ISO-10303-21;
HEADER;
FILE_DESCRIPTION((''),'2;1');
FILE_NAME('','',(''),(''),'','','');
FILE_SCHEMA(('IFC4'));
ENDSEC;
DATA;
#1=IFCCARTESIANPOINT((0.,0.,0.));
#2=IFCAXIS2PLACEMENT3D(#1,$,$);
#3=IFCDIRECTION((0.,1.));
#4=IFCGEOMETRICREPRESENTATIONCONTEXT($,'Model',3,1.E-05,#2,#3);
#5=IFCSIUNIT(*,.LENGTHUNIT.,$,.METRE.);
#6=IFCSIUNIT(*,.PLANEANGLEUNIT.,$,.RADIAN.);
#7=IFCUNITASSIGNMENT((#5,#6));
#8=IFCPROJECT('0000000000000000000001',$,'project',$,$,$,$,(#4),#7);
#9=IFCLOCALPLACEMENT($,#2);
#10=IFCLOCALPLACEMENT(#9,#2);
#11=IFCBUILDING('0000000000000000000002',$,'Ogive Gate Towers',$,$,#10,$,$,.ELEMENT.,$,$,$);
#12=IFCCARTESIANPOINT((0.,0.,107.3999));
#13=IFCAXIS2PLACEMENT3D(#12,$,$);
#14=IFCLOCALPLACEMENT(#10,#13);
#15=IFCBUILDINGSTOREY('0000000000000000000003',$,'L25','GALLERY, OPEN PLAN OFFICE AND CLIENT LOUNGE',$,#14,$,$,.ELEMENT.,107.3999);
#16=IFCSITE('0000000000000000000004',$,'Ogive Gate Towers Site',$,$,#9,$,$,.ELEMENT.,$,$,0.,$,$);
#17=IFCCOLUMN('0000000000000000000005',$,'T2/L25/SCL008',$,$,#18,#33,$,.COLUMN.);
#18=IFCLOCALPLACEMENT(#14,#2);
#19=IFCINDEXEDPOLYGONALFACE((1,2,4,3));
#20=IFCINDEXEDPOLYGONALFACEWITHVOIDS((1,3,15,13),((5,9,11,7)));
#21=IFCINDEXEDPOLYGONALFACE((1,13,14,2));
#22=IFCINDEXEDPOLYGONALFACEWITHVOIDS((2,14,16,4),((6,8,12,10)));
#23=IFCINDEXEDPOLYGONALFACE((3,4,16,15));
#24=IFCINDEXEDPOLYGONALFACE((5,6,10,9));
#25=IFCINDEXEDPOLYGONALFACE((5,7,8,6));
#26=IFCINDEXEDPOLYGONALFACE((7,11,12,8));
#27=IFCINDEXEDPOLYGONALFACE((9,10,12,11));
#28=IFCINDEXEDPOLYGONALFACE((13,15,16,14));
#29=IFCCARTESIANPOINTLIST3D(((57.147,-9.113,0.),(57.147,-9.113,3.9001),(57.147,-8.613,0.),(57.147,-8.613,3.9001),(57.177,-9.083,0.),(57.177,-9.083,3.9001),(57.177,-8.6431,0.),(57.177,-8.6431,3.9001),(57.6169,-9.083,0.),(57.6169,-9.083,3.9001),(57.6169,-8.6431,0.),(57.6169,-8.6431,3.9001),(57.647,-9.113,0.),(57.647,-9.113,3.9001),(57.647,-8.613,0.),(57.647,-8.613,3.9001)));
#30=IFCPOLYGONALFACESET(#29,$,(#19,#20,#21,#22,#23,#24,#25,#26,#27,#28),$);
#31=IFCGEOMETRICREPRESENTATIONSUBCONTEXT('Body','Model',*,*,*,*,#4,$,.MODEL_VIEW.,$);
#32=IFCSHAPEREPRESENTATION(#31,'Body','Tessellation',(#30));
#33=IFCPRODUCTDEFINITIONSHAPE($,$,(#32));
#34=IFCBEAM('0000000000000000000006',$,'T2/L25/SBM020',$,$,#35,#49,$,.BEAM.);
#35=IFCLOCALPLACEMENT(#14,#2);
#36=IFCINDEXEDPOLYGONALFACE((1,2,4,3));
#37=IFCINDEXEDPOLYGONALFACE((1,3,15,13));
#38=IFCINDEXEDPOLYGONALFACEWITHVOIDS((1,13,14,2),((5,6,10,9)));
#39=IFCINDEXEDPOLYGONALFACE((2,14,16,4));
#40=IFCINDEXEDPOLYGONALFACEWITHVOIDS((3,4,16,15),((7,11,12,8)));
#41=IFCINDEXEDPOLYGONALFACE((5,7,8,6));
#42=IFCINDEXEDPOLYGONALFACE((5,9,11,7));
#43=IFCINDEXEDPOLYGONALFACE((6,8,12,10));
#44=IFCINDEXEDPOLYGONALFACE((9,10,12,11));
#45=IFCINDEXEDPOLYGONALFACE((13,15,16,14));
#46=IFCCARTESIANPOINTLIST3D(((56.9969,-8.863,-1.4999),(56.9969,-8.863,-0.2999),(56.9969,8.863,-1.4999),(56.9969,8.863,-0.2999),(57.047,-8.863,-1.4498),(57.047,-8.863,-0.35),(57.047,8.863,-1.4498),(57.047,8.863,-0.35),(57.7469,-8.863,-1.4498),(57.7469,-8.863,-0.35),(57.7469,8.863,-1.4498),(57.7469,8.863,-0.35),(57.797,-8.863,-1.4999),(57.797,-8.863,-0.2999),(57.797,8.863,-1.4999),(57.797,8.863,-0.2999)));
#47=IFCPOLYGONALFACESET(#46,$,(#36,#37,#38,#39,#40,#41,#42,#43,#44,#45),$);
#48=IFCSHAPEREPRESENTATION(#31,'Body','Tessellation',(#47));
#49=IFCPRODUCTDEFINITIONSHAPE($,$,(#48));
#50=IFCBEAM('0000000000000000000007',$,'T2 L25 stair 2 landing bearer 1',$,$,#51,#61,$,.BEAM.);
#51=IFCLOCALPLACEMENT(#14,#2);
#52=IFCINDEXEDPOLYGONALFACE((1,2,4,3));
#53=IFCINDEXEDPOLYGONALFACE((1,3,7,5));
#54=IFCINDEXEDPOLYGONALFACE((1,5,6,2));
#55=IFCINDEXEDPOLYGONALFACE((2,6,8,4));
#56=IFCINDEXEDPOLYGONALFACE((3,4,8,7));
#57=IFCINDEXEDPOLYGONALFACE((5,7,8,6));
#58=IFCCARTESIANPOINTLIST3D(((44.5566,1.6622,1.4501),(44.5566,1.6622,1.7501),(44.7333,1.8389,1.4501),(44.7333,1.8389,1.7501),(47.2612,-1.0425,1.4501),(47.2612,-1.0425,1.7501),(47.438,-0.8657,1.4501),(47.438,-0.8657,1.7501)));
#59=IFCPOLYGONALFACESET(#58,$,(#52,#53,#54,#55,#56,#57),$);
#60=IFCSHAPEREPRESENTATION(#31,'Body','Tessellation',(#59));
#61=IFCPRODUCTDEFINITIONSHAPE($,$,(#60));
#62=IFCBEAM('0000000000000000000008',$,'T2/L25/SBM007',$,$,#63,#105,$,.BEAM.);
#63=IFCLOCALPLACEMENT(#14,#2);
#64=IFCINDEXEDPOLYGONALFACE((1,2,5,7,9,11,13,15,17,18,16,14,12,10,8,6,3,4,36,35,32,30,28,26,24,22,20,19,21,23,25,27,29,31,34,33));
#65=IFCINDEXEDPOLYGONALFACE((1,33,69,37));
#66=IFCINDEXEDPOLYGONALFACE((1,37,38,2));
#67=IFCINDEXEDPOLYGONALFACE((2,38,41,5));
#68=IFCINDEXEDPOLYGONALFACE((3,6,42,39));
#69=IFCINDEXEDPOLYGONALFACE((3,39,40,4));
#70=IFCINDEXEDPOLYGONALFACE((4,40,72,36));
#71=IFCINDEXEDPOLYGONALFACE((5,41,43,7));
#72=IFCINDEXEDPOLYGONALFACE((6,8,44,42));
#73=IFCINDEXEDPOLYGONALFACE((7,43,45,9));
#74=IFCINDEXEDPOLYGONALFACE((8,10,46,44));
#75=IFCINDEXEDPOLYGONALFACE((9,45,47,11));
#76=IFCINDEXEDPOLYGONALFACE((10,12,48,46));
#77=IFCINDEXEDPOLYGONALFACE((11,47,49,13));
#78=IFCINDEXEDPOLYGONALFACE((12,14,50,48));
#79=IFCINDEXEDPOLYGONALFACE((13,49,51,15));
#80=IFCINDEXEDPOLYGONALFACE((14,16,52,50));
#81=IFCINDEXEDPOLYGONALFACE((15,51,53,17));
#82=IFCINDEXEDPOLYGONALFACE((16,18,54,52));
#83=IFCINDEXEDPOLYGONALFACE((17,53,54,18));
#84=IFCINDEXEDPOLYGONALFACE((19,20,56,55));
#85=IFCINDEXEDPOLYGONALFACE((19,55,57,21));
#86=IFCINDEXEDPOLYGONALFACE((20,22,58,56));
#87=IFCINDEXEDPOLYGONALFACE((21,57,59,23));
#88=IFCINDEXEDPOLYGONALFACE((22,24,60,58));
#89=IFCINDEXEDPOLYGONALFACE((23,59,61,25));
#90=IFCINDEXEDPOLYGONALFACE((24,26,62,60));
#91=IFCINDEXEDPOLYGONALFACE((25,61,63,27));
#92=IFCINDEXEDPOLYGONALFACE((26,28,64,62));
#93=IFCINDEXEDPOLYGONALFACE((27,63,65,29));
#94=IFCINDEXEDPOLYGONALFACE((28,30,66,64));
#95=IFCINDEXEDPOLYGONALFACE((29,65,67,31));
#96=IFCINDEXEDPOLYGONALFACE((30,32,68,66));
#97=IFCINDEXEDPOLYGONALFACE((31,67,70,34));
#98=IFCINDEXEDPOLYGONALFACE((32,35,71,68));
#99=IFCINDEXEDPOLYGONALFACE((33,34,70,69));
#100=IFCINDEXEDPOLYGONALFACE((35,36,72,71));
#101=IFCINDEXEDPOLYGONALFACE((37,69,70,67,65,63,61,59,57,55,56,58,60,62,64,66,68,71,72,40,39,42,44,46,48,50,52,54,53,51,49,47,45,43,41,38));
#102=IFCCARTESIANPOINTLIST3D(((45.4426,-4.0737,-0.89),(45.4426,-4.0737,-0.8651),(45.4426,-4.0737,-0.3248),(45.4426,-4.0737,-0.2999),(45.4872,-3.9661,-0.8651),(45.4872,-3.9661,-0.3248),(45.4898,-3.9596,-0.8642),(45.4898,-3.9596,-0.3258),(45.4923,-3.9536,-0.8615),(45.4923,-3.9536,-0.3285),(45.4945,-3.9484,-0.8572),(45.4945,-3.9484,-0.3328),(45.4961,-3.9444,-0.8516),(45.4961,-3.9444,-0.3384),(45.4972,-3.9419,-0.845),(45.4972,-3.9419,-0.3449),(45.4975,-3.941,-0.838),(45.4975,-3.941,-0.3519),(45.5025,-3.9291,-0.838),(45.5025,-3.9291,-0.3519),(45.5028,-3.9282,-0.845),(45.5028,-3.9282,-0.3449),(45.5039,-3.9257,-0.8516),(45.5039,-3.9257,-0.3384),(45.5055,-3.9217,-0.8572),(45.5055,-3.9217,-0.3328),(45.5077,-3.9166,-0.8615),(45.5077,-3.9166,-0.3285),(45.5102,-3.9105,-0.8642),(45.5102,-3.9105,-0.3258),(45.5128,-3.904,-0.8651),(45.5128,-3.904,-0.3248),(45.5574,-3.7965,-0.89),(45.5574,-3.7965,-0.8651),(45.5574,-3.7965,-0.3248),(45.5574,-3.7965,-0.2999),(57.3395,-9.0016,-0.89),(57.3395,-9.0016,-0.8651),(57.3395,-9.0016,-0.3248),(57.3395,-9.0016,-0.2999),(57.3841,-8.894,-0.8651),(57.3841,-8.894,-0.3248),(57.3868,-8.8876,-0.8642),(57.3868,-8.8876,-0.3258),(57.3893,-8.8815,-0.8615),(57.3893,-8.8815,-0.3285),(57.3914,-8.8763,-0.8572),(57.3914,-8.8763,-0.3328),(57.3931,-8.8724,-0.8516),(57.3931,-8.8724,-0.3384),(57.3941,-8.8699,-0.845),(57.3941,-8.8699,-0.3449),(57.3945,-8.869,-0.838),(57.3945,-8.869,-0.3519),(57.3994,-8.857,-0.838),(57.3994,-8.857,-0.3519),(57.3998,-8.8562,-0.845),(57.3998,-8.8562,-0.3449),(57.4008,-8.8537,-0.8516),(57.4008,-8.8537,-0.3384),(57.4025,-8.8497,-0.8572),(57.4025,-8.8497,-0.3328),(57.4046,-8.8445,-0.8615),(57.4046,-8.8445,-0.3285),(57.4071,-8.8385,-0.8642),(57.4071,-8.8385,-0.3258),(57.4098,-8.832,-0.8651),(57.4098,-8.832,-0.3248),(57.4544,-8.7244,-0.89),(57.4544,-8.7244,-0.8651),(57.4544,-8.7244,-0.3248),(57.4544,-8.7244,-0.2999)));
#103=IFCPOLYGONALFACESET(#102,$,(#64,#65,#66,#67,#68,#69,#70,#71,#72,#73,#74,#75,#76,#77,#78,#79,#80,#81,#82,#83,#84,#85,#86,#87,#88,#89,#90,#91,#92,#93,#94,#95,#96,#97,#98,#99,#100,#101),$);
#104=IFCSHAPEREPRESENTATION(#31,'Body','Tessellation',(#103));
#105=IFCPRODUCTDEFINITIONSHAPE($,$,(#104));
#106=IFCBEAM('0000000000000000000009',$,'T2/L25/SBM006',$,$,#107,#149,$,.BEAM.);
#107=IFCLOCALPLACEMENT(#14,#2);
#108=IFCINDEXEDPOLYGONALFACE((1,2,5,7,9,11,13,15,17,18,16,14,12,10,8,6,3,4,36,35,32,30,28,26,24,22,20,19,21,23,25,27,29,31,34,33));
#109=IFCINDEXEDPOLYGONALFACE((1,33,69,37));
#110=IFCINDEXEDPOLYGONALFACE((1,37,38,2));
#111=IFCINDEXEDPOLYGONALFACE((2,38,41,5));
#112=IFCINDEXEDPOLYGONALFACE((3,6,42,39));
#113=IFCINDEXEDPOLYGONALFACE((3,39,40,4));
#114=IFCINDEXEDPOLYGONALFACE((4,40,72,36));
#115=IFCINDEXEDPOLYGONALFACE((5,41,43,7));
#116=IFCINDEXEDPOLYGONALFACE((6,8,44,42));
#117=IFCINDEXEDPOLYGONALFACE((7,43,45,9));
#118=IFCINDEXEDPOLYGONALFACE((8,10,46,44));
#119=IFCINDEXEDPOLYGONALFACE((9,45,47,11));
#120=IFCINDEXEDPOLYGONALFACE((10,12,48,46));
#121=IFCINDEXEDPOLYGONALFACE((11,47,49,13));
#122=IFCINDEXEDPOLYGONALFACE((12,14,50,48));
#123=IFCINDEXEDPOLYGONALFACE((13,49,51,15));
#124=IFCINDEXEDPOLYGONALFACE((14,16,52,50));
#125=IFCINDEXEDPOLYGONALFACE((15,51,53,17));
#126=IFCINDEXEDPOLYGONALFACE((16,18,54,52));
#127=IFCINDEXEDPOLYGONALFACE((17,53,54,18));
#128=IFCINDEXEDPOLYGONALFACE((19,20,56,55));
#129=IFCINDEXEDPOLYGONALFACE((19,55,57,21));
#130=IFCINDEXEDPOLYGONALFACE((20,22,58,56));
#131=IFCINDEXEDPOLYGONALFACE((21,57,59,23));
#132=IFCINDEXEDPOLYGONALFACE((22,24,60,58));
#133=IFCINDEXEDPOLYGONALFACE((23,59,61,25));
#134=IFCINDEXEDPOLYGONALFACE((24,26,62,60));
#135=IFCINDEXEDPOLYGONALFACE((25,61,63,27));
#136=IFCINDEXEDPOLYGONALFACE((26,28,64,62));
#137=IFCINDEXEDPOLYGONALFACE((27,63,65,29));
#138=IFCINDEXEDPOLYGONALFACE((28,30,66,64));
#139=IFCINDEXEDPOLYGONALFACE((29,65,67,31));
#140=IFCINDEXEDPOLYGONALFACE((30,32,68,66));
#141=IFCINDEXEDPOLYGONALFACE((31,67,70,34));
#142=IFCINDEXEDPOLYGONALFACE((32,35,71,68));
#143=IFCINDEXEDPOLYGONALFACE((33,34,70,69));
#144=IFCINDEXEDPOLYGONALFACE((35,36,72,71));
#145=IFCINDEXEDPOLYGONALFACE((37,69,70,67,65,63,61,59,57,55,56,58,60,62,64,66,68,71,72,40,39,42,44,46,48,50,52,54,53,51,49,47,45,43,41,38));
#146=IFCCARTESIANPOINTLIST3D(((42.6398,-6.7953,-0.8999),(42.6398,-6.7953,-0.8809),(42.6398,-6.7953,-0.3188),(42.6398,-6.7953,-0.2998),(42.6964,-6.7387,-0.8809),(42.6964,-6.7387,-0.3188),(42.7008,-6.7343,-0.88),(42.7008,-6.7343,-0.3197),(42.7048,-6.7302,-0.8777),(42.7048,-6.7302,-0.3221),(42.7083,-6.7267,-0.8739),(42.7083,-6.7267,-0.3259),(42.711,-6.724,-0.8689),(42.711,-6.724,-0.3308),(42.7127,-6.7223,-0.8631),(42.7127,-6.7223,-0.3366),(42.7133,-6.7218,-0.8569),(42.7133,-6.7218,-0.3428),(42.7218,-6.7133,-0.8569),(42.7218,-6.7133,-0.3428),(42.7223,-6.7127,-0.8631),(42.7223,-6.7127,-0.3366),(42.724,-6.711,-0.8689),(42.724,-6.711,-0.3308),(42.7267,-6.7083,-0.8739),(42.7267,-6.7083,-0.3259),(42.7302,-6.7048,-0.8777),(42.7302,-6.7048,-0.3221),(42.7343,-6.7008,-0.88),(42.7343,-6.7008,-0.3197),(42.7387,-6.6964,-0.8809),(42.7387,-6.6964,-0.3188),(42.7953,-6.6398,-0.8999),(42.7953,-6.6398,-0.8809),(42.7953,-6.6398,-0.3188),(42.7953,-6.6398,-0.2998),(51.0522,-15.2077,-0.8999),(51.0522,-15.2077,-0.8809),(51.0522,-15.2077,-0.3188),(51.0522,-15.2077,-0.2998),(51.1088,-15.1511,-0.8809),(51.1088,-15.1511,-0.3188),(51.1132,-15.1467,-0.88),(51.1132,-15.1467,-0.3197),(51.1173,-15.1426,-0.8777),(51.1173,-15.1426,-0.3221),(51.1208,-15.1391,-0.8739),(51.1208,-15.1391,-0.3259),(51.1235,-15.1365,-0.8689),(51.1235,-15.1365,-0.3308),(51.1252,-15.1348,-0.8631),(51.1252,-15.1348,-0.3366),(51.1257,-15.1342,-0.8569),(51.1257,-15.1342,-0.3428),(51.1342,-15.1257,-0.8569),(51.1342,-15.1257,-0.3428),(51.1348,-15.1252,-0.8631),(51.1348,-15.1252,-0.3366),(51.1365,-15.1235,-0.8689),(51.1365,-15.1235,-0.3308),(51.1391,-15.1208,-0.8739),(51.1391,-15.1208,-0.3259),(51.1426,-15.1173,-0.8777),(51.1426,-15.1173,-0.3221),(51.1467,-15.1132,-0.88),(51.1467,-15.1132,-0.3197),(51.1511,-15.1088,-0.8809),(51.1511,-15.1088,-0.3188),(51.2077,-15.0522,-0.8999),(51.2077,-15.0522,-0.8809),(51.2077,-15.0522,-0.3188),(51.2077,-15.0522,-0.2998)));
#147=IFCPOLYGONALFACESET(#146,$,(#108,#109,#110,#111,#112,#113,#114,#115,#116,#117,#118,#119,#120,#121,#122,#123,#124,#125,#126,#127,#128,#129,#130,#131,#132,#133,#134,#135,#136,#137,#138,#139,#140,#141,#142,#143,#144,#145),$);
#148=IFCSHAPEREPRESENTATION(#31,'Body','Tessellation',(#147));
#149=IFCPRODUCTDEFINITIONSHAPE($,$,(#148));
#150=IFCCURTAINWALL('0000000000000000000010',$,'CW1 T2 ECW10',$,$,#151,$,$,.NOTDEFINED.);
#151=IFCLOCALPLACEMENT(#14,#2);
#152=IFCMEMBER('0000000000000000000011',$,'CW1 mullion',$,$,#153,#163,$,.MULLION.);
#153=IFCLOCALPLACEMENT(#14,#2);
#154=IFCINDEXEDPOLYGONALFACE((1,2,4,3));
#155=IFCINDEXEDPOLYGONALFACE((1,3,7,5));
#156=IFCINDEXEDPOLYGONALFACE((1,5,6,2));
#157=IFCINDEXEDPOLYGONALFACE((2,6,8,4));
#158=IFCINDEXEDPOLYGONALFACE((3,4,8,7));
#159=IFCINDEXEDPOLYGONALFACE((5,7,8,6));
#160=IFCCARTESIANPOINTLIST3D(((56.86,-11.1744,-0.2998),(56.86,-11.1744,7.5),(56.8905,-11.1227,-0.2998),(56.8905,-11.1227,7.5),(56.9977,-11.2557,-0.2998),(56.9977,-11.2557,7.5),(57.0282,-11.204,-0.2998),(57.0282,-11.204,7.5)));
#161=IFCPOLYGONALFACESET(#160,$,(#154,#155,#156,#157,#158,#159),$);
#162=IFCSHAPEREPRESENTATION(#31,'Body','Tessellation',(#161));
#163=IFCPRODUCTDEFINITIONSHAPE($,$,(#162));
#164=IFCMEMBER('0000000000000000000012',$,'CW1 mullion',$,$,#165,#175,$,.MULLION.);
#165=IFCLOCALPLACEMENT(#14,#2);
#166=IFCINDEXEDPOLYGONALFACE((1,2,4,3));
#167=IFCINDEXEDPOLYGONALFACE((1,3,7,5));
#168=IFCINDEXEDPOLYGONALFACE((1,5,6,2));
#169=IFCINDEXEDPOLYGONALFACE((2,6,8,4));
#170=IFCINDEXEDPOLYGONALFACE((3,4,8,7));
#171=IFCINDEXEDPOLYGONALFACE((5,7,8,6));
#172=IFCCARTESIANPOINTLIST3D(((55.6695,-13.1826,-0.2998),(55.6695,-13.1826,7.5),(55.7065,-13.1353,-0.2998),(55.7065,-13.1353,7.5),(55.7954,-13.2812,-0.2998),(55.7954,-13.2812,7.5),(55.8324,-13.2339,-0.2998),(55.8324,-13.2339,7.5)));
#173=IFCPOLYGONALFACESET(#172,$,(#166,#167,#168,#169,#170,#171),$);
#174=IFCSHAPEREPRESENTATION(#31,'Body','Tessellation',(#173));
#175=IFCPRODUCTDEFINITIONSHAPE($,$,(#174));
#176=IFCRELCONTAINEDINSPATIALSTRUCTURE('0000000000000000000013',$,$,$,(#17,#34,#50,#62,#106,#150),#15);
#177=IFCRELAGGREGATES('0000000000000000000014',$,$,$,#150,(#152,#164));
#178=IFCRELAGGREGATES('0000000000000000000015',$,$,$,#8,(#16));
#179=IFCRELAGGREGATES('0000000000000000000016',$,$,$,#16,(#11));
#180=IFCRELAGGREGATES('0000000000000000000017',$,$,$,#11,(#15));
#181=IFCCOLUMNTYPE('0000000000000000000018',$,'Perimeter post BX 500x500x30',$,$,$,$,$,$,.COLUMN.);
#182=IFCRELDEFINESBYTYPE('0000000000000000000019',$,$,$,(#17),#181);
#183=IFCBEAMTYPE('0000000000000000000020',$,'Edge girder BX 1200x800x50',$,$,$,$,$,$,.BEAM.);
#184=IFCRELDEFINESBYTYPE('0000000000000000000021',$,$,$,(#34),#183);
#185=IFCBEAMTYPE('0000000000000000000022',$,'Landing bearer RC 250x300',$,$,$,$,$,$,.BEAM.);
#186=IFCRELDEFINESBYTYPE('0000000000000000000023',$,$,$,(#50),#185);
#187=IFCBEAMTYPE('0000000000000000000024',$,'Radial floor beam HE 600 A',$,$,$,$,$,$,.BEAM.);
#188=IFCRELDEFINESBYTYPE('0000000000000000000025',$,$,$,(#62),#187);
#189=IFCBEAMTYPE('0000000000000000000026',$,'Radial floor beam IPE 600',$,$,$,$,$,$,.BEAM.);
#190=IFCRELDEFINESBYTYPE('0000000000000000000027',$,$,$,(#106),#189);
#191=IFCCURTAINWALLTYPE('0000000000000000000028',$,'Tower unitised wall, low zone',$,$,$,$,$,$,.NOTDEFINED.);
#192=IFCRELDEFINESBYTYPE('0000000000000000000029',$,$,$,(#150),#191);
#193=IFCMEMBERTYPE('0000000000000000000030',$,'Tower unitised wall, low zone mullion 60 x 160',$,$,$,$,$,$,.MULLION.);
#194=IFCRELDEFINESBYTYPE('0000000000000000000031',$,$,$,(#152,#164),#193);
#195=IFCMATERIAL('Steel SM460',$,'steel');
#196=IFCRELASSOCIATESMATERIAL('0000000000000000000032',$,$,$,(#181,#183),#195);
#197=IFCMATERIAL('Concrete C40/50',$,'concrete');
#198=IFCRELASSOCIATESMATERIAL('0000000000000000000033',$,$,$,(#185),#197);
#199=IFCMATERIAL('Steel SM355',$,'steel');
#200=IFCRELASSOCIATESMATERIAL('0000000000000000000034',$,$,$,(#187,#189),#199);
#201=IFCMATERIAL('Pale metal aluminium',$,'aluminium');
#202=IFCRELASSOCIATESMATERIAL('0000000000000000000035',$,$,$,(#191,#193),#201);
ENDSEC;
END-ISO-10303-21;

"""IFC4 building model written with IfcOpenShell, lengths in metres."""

from ifc_helpers import new_model, si_unit, direction, frame, origin, origin_2d, place, context, subcontext, project, spatial, rectangle, hollow_rectangle, i_section, extrude, material, material_profile, profile_set, type_object, element, aggregate, save


model = new_model("IFC4")

# Units and contexts
model_context = context("Model", 3, precision=1e-05, world=origin(), true_north=direction((0.0, 1.0)))
body_context = subcontext(model_context, "Body", "Model", "MODEL_VIEW")
ifc_project = project(units=[si_unit("LENGTHUNIT", "METRE"), si_unit("PLANEANGLEUNIT", "RADIAN")], contexts=[model_context])

# Site, building, storey
site_placement = place(None, origin())
site = spatial("IfcSite", under=ifc_project, at=site_placement, Name="Ogive Gate Towers Site", CompositionType="ELEMENT", RefElevation=0.0)
building_placement = place(site_placement, origin())
building = spatial("IfcBuilding", under=site, at=building_placement, Name="Ogive Gate Towers", CompositionType="ELEMENT")
storey_placement = place(building_placement, frame((0.0, 0.0, 107.3999)))
storey = spatial("IfcBuildingStorey", under=building, at=storey_placement, Name="L25", Description="GALLERY, OPEN PLAN OFFICE AND CLIENT LOUNGE", CompositionType="ELEMENT", Elevation=107.3999)

# Column
ifc_material_1 = material(Name="Steel SM460", Category="steel")
ifc_material_profile_1 = material_profile(ifc_material_1, hollow_rectangle(XDim=0.5, YDim=0.5, WallThickness=0.03, at=origin_2d()), Name="BX 500x500x30")
ifc_profile_set_1 = profile_set([ifc_material_profile_1], Name="Steel SM460")
column_type = type_object("IfcColumnType", Name="Perimeter post BX 500x500x30", PredefinedType="COLUMN", material=ifc_profile_set_1)
column_placement = place(storey_placement, frame((57.397, -8.863, 0.0), z_axis=(0.0, 0.0, 1.0), x_axis=(1.0, 0.0, 0.0)))
element("IfcColumn", 1, at=column_placement, inside=storey, type_object=column_type, Name="T2/L25/SCL008", PredefinedType="COLUMN", context=body_context, shape_type="SweptSolid", body=[
    extrude(hollow_rectangle(XDim=0.5, YDim=0.5, WallThickness=0.03, at=origin_2d()), origin(), (0.0, 0.0, 1.0), 3.9001),
])

# Beams
ifc_material_profile_2 = material_profile(ifc_material_1, hollow_rectangle(XDim=0.8, YDim=1.2, WallThickness=0.05, at=origin_2d()), Name="BX 1200x800x50")
ifc_profile_set_2 = profile_set([ifc_material_profile_2], Name="Steel SM460")
beam_type_1 = type_object("IfcBeamType", Name="Edge girder BX 1200x800x50", PredefinedType="BEAM", material=ifc_profile_set_2)
beam_1_placement = place(storey_placement, frame((57.397, -8.863, -0.8999), z_axis=(0.0, 1.0, 0.0), x_axis=(-1.0, 0.0, 0.0)))
element("IfcBeam", 2, at=beam_1_placement, inside=storey, type_object=beam_type_1, Name="T2/L25/SBM020", PredefinedType="BEAM", context=body_context, shape_type="SweptSolid", body=[
    extrude(hollow_rectangle(XDim=0.8, YDim=1.2, WallThickness=0.05, at=origin_2d()), origin(), (0.0, 0.0, 1.0), 17.7261),
])
ifc_material_2 = material(Name="Concrete C40/50", Category="concrete")
ifc_material_profile_3 = material_profile(ifc_material_2, rectangle(XDim=0.25, YDim=0.3, at=origin_2d()), Name="RC 250x300")
ifc_profile_set_3 = profile_set([ifc_material_profile_3], Name="Concrete C40/50")
beam_type_2 = type_object("IfcBeamType", Name="Landing bearer RC 250x300", PredefinedType="BEAM", material=ifc_profile_set_3)
beam_2_placement = place(storey_placement, frame((47.3496, -0.9541, 1.6001), z_axis=(-0.707107, 0.707107, 0.0), x_axis=(-0.707107, -0.707107, 0.0)))
element("IfcBeam", 3, at=beam_2_placement, inside=storey, type_object=beam_type_2, Name="T2 L25 stair 2 landing bearer 1", PredefinedType="BEAM", context=body_context, shape_type="SweptSolid", body=[
    extrude(rectangle(XDim=0.25, YDim=0.3, at=origin_2d()), origin(), (0.0, 0.0, 1.0), 3.825),
])
ifc_material_3 = material(Name="Steel SM355", Category="steel")
ifc_material_profile_4 = material_profile(ifc_material_3, i_section(OverallWidth=0.3, OverallDepth=0.5901, WebThickness=0.0129, FlangeThickness=0.0249, FilletRadius=0.0271, at=origin_2d()), Name="HE 600 A")
ifc_profile_set_4 = profile_set([ifc_material_profile_4], Name="Steel SM355")
beam_type_3 = type_object("IfcBeamType", Name="Radial floor beam HE 600 A", PredefinedType="BEAM", material=ifc_profile_set_4)
beam_3_placement = place(storey_placement, frame((45.5, -3.9351, -0.595), z_axis=(0.923877, -0.382689, 0.0), x_axis=(0.382689, 0.923877, 0.0)))
element("IfcBeam", 4, at=beam_3_placement, inside=storey, type_object=beam_type_3, Name="T2/L25/SBM007", PredefinedType="BEAM", context=body_context, shape_type="SweptSolid", body=[
    extrude(i_section(OverallWidth=0.3, OverallDepth=0.5901, WebThickness=0.0129, FlangeThickness=0.0249, FilletRadius=0.0271, at=origin_2d()), origin(), (0.0, 0.0, 1.0), 12.8772),
])
ifc_material_profile_5 = material_profile(ifc_material_3, i_section(OverallWidth=0.22, OverallDepth=0.6001, WebThickness=0.012, FlangeThickness=0.019, FilletRadius=0.0239, at=origin_2d()), Name="IPE 600")
ifc_profile_set_5 = profile_set([ifc_material_profile_5], Name="Steel SM355")
beam_type_4 = type_object("IfcBeamType", Name="Radial floor beam IPE 600", PredefinedType="BEAM", material=ifc_profile_set_5)
beam_4_placement = place(storey_placement, frame((42.7175, -6.7175, -0.5999), z_axis=(0.707107, -0.707107, 0.0), x_axis=(0.707107, 0.707107, 0.0)))
element("IfcBeam", 5, at=beam_4_placement, inside=storey, type_object=beam_type_4, Name="T2/L25/SBM006", PredefinedType="BEAM", context=body_context, shape_type="SweptSolid", body=[
    extrude(i_section(OverallWidth=0.22, OverallDepth=0.6001, WebThickness=0.012, FlangeThickness=0.019, FilletRadius=0.0239, at=origin_2d()), origin(), (0.0, 0.0, 1.0), 11.897),
])

# Curtain wall, members
ifc_material_4 = material(Name="Pale metal aluminium", Category="aluminium")
curtain_wall_type = type_object("IfcCurtainWallType", Name="Tower unitised wall, low zone", PredefinedType="NOTDEFINED", material=ifc_material_4)
curtain_wall_placement = place(storey_placement, origin())
curtain_wall = element("IfcCurtainWall", 6, at=curtain_wall_placement, inside=storey, type_object=curtain_wall_type, Name="CW1 T2 ECW10", PredefinedType="NOTDEFINED")
ifc_material_profile_6 = material_profile(ifc_material_4, rectangle(XDim=0.1599, YDim=0.0601, at=origin_2d()), Name="60 x 160 aluminium box")
ifc_profile_set_6 = profile_set([ifc_material_profile_6], Name="Pale metal aluminium")
member_type_1 = type_object("IfcMemberType", Name="Tower unitised wall, low zone mullion 60 x 160", PredefinedType="MULLION", material=ifc_profile_set_6)
member_1_placement = place(storey_placement, frame((56.9441, -11.1892, -0.2998), z_axis=(0.0, 0.0, 1.0), x_axis=(-0.860973, 0.508651, 0.0)))
member_1 = element("IfcMember", 7, at=member_1_placement, type_object=member_type_1, Name="CW1 mullion", PredefinedType="MULLION", context=body_context, shape_type="SweptSolid", body=[
    extrude(rectangle(XDim=0.1599, YDim=0.0601, at=origin_2d()), origin(), (0.0, 0.0, 1.0), 7.7998),
])
member_2_placement = place(storey_placement, frame((55.751, -13.2083, -0.2998), z_axis=(0.0, 0.0, 1.0), x_axis=(-0.787236, 0.616651, 0.0)))
member_2 = element("IfcMember", 8, at=member_2_placement, type_object=member_type_1, Name="CW1 mullion", PredefinedType="MULLION", context=body_context, shape_type="SweptSolid", body=[
    extrude(rectangle(XDim=0.1599, YDim=0.0601, at=origin_2d()), origin(), (0.0, 0.0, 1.0), 7.7998),
])
aggregate(curtain_wall, [member_1, member_2])

save(model, "model.ifc")
